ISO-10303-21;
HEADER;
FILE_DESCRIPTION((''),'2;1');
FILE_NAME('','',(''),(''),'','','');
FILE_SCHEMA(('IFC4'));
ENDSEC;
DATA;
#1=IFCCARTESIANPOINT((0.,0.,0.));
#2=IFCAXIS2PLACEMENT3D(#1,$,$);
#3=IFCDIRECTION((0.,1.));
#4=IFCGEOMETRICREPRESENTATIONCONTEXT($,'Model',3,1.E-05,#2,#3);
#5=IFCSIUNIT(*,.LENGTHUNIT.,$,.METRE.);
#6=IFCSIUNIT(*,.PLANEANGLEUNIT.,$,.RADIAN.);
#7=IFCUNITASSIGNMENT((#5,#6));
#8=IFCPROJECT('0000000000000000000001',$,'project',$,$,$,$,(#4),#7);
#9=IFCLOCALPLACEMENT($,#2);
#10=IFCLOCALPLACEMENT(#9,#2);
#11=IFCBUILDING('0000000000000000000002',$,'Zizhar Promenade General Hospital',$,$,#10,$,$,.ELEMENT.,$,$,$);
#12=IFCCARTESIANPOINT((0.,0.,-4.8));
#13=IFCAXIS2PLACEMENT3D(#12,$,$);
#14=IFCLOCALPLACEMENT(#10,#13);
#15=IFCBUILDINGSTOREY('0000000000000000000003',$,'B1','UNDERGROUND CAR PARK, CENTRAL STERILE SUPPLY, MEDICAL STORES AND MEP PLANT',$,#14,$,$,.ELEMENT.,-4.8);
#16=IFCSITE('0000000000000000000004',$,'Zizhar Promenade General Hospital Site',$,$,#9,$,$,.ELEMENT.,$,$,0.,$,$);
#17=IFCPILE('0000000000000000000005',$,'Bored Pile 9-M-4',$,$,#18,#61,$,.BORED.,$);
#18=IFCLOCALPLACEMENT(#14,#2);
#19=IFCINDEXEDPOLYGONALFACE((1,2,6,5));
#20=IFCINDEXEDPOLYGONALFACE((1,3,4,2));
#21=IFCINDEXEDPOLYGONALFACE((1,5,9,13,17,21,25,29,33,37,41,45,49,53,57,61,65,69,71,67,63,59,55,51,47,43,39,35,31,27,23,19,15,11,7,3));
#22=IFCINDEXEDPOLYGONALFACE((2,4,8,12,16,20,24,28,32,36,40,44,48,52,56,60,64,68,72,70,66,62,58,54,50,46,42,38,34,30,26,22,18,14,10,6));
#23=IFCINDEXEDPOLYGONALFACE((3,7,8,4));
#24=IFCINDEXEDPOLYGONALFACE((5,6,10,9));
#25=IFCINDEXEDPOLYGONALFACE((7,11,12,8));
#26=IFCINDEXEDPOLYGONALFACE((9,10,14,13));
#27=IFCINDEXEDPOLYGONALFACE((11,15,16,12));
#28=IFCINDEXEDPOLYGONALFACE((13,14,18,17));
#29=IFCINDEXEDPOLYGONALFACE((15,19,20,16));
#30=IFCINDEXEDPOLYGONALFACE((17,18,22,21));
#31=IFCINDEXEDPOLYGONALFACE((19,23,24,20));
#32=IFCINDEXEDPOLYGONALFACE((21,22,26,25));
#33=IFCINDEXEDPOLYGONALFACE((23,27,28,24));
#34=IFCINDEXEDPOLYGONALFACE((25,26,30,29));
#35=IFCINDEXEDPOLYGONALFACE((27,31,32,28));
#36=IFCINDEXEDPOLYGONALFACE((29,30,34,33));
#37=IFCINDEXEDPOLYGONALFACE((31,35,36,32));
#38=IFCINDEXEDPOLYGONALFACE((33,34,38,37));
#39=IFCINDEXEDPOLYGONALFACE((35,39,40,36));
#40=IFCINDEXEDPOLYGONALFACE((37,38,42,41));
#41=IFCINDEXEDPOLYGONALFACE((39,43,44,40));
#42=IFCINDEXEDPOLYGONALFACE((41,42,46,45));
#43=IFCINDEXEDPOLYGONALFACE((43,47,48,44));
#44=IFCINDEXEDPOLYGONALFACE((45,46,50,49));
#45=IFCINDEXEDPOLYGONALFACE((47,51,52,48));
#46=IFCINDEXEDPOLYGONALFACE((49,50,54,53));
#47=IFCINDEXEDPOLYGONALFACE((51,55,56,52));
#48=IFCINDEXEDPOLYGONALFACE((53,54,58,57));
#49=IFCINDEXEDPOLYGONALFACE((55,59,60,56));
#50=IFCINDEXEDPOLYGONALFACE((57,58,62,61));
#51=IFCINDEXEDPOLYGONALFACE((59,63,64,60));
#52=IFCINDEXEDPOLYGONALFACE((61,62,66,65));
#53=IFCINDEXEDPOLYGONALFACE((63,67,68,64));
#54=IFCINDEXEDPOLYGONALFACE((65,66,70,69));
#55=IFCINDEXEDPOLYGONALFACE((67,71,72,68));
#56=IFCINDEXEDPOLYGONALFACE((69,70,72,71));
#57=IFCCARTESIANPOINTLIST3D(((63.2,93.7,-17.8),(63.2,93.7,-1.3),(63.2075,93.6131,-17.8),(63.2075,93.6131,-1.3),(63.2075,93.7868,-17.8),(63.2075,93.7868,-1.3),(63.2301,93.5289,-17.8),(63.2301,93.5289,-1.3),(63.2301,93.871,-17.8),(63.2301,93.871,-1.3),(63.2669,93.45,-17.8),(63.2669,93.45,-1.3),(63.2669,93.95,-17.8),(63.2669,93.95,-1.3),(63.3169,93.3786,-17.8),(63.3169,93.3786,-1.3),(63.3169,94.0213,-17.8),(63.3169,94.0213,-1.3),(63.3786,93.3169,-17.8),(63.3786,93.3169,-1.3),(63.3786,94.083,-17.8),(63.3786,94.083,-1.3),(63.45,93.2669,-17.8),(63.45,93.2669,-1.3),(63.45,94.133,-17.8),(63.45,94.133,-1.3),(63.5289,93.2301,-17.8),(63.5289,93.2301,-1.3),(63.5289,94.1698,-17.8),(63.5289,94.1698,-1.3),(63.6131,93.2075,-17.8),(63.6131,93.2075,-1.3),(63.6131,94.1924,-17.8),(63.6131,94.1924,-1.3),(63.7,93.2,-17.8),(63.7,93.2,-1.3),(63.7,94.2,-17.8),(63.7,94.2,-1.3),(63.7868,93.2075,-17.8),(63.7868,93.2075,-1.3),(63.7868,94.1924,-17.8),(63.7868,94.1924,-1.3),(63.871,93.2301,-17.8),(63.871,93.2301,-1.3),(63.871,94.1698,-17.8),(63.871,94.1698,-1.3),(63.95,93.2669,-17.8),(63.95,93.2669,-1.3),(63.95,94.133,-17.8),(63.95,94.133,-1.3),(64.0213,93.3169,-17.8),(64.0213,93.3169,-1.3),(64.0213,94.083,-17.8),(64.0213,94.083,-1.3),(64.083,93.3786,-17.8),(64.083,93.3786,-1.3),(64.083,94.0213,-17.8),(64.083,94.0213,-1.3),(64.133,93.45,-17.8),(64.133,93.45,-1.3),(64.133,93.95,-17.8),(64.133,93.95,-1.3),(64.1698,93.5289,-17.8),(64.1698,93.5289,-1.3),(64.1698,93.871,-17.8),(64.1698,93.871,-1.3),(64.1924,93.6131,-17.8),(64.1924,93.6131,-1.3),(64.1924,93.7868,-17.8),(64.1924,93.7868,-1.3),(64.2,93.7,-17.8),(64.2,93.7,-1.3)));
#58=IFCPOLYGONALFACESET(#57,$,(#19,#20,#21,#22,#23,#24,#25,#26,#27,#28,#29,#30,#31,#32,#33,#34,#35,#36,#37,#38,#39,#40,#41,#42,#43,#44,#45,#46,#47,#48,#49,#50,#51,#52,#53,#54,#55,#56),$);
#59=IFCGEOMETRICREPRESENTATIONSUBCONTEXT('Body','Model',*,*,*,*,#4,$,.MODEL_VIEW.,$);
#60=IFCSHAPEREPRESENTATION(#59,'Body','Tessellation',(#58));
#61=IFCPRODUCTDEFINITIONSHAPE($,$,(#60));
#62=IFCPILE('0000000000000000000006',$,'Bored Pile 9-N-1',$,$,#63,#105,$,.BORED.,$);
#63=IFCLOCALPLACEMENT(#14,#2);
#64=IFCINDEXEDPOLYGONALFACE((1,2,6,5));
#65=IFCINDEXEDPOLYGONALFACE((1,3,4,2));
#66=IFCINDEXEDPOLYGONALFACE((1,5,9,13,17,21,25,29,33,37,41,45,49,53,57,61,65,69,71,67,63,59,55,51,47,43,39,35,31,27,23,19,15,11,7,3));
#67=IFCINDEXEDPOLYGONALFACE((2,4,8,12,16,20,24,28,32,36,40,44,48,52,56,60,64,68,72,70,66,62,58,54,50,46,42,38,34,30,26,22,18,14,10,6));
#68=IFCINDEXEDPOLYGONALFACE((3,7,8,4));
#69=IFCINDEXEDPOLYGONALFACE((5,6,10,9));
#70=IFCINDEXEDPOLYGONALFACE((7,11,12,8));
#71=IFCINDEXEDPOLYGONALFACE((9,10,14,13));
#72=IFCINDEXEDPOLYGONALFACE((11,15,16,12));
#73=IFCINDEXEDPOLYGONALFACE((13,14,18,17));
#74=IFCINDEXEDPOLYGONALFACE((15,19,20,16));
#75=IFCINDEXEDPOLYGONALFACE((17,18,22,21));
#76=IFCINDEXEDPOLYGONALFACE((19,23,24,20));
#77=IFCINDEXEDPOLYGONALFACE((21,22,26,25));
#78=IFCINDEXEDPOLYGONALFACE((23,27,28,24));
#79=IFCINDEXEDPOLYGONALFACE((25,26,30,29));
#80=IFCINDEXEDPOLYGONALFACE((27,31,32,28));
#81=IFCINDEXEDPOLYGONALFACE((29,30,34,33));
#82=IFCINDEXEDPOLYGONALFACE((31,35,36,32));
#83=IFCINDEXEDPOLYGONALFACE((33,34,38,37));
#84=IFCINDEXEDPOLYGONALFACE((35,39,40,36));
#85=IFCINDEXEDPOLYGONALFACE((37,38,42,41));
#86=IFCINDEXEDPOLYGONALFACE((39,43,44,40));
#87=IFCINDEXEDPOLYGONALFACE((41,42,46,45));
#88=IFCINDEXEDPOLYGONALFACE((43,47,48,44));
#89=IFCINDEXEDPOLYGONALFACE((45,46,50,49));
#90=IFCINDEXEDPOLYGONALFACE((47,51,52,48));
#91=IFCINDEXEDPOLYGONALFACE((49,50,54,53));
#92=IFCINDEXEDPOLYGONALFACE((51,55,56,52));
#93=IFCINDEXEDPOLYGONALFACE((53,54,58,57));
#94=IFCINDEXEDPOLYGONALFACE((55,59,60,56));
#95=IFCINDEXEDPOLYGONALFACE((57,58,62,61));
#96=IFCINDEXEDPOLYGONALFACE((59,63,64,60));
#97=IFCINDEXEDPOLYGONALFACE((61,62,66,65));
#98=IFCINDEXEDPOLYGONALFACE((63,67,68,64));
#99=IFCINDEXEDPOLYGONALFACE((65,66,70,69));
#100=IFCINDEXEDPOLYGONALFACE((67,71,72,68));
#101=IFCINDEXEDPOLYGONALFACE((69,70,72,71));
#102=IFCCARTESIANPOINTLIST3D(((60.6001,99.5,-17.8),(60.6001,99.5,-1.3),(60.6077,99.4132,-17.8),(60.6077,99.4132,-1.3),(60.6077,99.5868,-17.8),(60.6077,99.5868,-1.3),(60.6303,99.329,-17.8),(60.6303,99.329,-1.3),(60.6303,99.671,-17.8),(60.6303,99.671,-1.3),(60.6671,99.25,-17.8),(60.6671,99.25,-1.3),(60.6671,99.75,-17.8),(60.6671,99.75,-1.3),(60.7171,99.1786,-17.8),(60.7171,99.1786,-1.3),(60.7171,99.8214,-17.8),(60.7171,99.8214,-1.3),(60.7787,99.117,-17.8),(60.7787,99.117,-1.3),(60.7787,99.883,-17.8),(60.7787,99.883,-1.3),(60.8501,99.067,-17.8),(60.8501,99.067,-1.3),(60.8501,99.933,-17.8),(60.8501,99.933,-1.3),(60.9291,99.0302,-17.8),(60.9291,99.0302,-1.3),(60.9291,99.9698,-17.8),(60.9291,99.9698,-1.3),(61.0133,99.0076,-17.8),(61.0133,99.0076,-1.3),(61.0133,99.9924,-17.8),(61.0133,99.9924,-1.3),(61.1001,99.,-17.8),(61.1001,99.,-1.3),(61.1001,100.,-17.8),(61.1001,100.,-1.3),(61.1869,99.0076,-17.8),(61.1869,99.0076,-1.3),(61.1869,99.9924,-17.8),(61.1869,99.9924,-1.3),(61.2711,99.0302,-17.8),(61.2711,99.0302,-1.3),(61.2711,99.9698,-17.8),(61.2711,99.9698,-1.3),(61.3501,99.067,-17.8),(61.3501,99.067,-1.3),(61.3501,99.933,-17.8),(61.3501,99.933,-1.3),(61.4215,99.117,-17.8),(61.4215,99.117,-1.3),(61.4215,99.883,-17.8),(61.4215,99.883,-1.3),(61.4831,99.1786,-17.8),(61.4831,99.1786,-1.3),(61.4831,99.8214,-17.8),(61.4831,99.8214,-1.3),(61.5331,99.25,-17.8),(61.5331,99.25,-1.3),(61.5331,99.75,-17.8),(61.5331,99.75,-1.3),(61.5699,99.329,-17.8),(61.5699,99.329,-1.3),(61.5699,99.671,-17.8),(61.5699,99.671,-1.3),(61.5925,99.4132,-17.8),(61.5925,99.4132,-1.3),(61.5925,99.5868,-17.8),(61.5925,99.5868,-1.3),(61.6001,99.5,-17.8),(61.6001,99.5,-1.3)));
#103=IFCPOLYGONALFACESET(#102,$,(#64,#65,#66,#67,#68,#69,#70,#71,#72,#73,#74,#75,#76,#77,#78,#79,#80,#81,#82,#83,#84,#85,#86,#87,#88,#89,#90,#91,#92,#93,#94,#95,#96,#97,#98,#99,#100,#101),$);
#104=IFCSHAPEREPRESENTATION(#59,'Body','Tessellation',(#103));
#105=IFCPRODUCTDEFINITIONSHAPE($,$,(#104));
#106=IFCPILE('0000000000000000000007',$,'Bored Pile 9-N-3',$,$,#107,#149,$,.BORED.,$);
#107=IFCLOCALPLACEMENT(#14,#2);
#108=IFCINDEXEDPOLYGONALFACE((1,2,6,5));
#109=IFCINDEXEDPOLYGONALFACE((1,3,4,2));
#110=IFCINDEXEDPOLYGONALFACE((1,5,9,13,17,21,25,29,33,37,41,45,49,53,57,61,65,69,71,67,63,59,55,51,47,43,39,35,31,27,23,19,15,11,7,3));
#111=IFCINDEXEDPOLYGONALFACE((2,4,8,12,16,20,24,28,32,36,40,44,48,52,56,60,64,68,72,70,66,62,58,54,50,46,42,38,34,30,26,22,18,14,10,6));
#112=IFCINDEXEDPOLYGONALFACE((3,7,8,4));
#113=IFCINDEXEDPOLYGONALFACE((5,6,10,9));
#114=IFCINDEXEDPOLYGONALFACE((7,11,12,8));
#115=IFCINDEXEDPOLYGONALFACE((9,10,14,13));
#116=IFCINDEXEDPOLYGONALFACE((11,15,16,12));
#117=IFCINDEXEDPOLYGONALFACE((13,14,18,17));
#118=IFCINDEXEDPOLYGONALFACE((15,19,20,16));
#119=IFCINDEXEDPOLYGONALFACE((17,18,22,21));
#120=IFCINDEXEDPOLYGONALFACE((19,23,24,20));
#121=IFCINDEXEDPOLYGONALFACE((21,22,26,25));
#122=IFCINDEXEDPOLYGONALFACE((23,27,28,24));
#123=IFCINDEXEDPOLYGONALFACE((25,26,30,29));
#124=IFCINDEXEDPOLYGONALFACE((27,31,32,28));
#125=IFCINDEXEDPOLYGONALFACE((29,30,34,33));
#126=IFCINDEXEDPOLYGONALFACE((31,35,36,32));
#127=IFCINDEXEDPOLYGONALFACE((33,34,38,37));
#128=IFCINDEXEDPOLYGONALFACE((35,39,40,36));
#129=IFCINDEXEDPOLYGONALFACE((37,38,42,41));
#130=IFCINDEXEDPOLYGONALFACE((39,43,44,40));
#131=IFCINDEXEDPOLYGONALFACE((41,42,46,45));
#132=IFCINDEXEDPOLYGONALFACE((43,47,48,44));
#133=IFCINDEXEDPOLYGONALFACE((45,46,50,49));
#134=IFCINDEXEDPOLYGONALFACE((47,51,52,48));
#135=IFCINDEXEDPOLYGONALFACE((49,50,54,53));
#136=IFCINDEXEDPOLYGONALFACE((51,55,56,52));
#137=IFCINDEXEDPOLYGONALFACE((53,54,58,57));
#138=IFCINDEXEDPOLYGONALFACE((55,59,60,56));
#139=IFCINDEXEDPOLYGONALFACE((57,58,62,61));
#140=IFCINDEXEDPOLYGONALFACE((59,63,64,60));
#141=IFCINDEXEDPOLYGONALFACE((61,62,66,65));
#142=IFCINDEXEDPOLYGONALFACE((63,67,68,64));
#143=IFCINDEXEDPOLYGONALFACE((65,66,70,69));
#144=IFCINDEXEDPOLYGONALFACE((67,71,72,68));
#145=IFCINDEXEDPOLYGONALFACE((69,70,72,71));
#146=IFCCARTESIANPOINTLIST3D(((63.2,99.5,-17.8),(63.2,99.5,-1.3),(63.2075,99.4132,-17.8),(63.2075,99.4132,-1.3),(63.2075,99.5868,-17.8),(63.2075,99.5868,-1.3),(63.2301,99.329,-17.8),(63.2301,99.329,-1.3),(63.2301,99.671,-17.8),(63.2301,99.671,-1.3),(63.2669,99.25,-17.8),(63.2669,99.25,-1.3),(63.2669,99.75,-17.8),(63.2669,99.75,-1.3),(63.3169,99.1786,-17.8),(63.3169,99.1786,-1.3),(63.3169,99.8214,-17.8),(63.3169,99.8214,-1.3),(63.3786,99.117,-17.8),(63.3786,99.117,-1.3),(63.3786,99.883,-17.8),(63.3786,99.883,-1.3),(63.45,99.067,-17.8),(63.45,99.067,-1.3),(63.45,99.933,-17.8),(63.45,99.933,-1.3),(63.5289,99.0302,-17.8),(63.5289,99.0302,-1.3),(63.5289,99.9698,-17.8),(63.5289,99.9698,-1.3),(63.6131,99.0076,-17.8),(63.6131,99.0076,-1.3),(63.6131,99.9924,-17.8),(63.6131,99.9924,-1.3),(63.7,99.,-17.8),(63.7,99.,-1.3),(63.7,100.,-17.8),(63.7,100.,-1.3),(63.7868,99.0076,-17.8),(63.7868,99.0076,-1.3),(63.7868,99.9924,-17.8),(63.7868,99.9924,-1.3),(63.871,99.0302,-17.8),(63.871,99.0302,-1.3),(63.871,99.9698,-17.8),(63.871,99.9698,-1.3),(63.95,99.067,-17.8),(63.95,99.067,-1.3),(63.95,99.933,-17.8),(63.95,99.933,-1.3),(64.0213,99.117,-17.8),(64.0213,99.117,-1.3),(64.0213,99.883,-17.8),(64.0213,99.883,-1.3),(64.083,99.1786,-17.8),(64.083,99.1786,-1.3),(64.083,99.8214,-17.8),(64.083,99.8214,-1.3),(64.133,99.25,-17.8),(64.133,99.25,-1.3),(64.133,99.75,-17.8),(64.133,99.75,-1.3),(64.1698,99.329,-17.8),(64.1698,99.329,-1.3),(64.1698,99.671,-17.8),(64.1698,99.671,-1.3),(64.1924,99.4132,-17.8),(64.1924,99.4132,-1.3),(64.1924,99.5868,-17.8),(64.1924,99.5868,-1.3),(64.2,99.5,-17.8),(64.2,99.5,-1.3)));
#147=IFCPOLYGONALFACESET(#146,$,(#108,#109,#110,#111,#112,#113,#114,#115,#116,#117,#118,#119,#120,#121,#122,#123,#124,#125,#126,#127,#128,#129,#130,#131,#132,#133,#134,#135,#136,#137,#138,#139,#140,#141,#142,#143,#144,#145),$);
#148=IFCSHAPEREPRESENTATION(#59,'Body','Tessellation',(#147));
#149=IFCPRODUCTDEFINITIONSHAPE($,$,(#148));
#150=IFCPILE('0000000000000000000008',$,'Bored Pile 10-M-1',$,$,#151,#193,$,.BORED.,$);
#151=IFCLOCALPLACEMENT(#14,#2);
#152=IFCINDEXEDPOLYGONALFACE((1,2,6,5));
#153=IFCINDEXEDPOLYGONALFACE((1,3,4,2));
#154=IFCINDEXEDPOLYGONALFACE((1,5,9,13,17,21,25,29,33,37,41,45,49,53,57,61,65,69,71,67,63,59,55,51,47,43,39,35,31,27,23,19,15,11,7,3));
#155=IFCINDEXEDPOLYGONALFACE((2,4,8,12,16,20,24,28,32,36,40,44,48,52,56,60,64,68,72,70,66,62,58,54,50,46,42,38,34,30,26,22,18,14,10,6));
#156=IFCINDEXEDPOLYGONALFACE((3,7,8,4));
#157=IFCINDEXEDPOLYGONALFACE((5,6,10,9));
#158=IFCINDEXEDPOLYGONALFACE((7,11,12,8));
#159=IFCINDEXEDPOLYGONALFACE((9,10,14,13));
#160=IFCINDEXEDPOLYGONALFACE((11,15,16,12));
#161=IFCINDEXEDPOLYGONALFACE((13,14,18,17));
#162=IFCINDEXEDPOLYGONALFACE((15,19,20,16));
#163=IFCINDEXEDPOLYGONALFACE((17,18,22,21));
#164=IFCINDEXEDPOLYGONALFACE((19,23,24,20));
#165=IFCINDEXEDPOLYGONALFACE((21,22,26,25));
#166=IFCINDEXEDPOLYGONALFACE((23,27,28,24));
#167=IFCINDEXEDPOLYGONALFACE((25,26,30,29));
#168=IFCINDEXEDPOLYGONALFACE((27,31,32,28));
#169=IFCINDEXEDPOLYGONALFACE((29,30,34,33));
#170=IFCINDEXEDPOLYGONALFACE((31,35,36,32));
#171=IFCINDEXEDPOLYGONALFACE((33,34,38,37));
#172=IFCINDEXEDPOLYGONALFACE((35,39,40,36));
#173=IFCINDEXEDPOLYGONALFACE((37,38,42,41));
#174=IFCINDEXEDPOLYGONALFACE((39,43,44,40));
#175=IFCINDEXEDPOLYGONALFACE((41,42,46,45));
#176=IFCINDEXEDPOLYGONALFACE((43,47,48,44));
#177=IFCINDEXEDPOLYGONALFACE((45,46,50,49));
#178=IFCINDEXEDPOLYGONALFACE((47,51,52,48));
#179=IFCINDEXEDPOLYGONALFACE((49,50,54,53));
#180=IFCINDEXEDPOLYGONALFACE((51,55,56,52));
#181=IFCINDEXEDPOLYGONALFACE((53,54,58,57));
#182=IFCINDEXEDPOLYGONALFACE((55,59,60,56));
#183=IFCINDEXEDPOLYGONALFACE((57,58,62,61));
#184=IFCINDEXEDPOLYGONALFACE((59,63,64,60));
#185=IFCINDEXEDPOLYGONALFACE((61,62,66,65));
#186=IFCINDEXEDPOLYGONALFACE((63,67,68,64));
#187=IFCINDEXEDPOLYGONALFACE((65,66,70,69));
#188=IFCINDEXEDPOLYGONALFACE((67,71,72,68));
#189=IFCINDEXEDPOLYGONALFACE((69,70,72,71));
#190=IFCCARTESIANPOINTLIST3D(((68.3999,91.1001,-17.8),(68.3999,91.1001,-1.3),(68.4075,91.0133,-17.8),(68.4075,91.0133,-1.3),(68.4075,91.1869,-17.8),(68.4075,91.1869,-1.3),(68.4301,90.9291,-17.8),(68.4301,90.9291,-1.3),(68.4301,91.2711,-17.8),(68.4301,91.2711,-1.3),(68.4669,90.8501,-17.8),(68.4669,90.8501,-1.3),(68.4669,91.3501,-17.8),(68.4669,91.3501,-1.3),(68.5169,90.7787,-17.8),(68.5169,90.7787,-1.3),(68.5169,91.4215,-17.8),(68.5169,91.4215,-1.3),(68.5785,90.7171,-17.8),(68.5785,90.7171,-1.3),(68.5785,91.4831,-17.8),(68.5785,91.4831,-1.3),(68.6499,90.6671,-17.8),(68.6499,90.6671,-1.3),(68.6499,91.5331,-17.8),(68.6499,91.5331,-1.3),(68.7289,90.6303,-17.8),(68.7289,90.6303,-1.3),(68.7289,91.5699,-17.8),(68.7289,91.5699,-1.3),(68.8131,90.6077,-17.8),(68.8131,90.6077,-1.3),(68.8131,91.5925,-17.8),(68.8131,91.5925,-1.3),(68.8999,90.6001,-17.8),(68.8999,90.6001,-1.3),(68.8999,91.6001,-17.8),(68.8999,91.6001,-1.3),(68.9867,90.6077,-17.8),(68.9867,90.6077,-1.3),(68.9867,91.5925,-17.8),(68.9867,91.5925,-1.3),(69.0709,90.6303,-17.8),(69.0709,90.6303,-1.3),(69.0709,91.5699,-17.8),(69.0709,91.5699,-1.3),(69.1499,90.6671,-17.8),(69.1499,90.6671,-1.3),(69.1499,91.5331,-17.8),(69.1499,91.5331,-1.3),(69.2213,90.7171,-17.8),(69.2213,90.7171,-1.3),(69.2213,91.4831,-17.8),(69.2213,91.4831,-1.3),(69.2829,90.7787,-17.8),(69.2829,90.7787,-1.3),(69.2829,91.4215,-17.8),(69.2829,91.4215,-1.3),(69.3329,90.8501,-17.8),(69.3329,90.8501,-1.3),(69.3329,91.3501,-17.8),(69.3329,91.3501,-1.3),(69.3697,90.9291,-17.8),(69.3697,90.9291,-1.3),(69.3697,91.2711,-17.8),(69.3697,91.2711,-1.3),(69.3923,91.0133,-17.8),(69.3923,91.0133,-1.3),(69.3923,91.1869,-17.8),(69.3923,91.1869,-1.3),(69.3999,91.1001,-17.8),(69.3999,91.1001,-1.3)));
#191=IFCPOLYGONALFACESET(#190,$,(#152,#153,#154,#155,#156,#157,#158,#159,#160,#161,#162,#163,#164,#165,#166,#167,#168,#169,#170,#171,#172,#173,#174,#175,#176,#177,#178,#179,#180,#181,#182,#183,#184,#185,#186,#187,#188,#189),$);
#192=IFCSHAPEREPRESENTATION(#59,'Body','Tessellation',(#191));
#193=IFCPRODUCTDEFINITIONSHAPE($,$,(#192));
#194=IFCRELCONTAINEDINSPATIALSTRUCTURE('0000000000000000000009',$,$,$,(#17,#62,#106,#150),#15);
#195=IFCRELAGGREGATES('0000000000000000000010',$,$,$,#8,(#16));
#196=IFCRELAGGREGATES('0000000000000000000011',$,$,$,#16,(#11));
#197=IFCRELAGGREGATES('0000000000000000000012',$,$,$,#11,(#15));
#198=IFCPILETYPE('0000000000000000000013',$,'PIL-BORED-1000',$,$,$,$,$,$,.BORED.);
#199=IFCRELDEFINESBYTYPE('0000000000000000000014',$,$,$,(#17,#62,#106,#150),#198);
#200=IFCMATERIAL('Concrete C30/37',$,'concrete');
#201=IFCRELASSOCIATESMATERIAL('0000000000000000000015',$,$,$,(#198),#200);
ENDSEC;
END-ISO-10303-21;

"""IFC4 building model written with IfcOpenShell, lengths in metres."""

from ifc_helpers import new_model, si_unit, direction, frame, origin, origin_2d, place, context, subcontext, project, spatial, circle, extrude, material, material_profile, profile_set, type_object, element, save


model = new_model("IFC4")

# Units and contexts
model_context = context("Model", 3, precision=1e-05, world=origin(), true_north=direction((0.0, 1.0)))
body_context = subcontext(model_context, "Body", "Model", "MODEL_VIEW")
ifc_project = project(units=[si_unit("LENGTHUNIT", "METRE"), si_unit("PLANEANGLEUNIT", "RADIAN")], contexts=[model_context])

# Site, building, storey
site_placement = place(None, origin())
site = spatial("IfcSite", under=ifc_project, at=site_placement, Name="Zizhar Promenade General Hospital Site", CompositionType="ELEMENT", RefElevation=0.0)
building_placement = place(site_placement, origin())
building = spatial("IfcBuilding", under=site, at=building_placement, Name="Zizhar Promenade General Hospital", CompositionType="ELEMENT")
storey_placement = place(building_placement, frame((0.0, 0.0, -4.8)))
storey = spatial("IfcBuildingStorey", under=building, at=storey_placement, Name="B1", Description="UNDERGROUND CAR PARK, CENTRAL STERILE SUPPLY, MEDICAL STORES AND MEP PLANT", CompositionType="ELEMENT", Elevation=-4.8)

# Piles
ifc_material_1 = material(Name="Concrete C30/37", Category="concrete")
ifc_material_profile_1 = material_profile(ifc_material_1, circle(Radius=0.5, at=origin_2d()))
ifc_profile_set_1 = profile_set([ifc_material_profile_1], Name="Concrete C30/37")
pile_type = type_object("IfcPileType", Name="PIL-BORED-1000", PredefinedType="BORED", material=ifc_profile_set_1)
for number, where, z_axis, x_axis, name in (
    (1, (63.7, 93.7, -1.3), (0.0, 0.0, -1.0), (1.0, 0.0, 0.0), "Bored Pile 9-M-4"),
    (2, (61.1001, 99.5, -1.3), (0.0, 0.0, -1.0), (1.0, 0.0, 0.0), "Bored Pile 9-N-1"),
    (3, (63.7, 99.5, -1.3), (0.0, 0.0, -1.0), (1.0, 0.0, 0.0), "Bored Pile 9-N-3"),
    (4, (68.8999, 91.1001, -1.3), (0.0, 0.0, -1.0), (1.0, 0.0, 0.0), "Bored Pile 10-M-1"),
):
    element("IfcPile", number, at=place(storey_placement, frame(where, z_axis=z_axis, x_axis=x_axis)), inside=storey, type_object=pile_type, Name=name, PredefinedType="BORED", context=body_context, shape_type="SweptSolid", body=[
        extrude(circle(Radius=0.5, at=origin_2d()), origin(), (0.0, 0.0, 1.0), 16.5),
    ])

save(model, "model.ifc")
